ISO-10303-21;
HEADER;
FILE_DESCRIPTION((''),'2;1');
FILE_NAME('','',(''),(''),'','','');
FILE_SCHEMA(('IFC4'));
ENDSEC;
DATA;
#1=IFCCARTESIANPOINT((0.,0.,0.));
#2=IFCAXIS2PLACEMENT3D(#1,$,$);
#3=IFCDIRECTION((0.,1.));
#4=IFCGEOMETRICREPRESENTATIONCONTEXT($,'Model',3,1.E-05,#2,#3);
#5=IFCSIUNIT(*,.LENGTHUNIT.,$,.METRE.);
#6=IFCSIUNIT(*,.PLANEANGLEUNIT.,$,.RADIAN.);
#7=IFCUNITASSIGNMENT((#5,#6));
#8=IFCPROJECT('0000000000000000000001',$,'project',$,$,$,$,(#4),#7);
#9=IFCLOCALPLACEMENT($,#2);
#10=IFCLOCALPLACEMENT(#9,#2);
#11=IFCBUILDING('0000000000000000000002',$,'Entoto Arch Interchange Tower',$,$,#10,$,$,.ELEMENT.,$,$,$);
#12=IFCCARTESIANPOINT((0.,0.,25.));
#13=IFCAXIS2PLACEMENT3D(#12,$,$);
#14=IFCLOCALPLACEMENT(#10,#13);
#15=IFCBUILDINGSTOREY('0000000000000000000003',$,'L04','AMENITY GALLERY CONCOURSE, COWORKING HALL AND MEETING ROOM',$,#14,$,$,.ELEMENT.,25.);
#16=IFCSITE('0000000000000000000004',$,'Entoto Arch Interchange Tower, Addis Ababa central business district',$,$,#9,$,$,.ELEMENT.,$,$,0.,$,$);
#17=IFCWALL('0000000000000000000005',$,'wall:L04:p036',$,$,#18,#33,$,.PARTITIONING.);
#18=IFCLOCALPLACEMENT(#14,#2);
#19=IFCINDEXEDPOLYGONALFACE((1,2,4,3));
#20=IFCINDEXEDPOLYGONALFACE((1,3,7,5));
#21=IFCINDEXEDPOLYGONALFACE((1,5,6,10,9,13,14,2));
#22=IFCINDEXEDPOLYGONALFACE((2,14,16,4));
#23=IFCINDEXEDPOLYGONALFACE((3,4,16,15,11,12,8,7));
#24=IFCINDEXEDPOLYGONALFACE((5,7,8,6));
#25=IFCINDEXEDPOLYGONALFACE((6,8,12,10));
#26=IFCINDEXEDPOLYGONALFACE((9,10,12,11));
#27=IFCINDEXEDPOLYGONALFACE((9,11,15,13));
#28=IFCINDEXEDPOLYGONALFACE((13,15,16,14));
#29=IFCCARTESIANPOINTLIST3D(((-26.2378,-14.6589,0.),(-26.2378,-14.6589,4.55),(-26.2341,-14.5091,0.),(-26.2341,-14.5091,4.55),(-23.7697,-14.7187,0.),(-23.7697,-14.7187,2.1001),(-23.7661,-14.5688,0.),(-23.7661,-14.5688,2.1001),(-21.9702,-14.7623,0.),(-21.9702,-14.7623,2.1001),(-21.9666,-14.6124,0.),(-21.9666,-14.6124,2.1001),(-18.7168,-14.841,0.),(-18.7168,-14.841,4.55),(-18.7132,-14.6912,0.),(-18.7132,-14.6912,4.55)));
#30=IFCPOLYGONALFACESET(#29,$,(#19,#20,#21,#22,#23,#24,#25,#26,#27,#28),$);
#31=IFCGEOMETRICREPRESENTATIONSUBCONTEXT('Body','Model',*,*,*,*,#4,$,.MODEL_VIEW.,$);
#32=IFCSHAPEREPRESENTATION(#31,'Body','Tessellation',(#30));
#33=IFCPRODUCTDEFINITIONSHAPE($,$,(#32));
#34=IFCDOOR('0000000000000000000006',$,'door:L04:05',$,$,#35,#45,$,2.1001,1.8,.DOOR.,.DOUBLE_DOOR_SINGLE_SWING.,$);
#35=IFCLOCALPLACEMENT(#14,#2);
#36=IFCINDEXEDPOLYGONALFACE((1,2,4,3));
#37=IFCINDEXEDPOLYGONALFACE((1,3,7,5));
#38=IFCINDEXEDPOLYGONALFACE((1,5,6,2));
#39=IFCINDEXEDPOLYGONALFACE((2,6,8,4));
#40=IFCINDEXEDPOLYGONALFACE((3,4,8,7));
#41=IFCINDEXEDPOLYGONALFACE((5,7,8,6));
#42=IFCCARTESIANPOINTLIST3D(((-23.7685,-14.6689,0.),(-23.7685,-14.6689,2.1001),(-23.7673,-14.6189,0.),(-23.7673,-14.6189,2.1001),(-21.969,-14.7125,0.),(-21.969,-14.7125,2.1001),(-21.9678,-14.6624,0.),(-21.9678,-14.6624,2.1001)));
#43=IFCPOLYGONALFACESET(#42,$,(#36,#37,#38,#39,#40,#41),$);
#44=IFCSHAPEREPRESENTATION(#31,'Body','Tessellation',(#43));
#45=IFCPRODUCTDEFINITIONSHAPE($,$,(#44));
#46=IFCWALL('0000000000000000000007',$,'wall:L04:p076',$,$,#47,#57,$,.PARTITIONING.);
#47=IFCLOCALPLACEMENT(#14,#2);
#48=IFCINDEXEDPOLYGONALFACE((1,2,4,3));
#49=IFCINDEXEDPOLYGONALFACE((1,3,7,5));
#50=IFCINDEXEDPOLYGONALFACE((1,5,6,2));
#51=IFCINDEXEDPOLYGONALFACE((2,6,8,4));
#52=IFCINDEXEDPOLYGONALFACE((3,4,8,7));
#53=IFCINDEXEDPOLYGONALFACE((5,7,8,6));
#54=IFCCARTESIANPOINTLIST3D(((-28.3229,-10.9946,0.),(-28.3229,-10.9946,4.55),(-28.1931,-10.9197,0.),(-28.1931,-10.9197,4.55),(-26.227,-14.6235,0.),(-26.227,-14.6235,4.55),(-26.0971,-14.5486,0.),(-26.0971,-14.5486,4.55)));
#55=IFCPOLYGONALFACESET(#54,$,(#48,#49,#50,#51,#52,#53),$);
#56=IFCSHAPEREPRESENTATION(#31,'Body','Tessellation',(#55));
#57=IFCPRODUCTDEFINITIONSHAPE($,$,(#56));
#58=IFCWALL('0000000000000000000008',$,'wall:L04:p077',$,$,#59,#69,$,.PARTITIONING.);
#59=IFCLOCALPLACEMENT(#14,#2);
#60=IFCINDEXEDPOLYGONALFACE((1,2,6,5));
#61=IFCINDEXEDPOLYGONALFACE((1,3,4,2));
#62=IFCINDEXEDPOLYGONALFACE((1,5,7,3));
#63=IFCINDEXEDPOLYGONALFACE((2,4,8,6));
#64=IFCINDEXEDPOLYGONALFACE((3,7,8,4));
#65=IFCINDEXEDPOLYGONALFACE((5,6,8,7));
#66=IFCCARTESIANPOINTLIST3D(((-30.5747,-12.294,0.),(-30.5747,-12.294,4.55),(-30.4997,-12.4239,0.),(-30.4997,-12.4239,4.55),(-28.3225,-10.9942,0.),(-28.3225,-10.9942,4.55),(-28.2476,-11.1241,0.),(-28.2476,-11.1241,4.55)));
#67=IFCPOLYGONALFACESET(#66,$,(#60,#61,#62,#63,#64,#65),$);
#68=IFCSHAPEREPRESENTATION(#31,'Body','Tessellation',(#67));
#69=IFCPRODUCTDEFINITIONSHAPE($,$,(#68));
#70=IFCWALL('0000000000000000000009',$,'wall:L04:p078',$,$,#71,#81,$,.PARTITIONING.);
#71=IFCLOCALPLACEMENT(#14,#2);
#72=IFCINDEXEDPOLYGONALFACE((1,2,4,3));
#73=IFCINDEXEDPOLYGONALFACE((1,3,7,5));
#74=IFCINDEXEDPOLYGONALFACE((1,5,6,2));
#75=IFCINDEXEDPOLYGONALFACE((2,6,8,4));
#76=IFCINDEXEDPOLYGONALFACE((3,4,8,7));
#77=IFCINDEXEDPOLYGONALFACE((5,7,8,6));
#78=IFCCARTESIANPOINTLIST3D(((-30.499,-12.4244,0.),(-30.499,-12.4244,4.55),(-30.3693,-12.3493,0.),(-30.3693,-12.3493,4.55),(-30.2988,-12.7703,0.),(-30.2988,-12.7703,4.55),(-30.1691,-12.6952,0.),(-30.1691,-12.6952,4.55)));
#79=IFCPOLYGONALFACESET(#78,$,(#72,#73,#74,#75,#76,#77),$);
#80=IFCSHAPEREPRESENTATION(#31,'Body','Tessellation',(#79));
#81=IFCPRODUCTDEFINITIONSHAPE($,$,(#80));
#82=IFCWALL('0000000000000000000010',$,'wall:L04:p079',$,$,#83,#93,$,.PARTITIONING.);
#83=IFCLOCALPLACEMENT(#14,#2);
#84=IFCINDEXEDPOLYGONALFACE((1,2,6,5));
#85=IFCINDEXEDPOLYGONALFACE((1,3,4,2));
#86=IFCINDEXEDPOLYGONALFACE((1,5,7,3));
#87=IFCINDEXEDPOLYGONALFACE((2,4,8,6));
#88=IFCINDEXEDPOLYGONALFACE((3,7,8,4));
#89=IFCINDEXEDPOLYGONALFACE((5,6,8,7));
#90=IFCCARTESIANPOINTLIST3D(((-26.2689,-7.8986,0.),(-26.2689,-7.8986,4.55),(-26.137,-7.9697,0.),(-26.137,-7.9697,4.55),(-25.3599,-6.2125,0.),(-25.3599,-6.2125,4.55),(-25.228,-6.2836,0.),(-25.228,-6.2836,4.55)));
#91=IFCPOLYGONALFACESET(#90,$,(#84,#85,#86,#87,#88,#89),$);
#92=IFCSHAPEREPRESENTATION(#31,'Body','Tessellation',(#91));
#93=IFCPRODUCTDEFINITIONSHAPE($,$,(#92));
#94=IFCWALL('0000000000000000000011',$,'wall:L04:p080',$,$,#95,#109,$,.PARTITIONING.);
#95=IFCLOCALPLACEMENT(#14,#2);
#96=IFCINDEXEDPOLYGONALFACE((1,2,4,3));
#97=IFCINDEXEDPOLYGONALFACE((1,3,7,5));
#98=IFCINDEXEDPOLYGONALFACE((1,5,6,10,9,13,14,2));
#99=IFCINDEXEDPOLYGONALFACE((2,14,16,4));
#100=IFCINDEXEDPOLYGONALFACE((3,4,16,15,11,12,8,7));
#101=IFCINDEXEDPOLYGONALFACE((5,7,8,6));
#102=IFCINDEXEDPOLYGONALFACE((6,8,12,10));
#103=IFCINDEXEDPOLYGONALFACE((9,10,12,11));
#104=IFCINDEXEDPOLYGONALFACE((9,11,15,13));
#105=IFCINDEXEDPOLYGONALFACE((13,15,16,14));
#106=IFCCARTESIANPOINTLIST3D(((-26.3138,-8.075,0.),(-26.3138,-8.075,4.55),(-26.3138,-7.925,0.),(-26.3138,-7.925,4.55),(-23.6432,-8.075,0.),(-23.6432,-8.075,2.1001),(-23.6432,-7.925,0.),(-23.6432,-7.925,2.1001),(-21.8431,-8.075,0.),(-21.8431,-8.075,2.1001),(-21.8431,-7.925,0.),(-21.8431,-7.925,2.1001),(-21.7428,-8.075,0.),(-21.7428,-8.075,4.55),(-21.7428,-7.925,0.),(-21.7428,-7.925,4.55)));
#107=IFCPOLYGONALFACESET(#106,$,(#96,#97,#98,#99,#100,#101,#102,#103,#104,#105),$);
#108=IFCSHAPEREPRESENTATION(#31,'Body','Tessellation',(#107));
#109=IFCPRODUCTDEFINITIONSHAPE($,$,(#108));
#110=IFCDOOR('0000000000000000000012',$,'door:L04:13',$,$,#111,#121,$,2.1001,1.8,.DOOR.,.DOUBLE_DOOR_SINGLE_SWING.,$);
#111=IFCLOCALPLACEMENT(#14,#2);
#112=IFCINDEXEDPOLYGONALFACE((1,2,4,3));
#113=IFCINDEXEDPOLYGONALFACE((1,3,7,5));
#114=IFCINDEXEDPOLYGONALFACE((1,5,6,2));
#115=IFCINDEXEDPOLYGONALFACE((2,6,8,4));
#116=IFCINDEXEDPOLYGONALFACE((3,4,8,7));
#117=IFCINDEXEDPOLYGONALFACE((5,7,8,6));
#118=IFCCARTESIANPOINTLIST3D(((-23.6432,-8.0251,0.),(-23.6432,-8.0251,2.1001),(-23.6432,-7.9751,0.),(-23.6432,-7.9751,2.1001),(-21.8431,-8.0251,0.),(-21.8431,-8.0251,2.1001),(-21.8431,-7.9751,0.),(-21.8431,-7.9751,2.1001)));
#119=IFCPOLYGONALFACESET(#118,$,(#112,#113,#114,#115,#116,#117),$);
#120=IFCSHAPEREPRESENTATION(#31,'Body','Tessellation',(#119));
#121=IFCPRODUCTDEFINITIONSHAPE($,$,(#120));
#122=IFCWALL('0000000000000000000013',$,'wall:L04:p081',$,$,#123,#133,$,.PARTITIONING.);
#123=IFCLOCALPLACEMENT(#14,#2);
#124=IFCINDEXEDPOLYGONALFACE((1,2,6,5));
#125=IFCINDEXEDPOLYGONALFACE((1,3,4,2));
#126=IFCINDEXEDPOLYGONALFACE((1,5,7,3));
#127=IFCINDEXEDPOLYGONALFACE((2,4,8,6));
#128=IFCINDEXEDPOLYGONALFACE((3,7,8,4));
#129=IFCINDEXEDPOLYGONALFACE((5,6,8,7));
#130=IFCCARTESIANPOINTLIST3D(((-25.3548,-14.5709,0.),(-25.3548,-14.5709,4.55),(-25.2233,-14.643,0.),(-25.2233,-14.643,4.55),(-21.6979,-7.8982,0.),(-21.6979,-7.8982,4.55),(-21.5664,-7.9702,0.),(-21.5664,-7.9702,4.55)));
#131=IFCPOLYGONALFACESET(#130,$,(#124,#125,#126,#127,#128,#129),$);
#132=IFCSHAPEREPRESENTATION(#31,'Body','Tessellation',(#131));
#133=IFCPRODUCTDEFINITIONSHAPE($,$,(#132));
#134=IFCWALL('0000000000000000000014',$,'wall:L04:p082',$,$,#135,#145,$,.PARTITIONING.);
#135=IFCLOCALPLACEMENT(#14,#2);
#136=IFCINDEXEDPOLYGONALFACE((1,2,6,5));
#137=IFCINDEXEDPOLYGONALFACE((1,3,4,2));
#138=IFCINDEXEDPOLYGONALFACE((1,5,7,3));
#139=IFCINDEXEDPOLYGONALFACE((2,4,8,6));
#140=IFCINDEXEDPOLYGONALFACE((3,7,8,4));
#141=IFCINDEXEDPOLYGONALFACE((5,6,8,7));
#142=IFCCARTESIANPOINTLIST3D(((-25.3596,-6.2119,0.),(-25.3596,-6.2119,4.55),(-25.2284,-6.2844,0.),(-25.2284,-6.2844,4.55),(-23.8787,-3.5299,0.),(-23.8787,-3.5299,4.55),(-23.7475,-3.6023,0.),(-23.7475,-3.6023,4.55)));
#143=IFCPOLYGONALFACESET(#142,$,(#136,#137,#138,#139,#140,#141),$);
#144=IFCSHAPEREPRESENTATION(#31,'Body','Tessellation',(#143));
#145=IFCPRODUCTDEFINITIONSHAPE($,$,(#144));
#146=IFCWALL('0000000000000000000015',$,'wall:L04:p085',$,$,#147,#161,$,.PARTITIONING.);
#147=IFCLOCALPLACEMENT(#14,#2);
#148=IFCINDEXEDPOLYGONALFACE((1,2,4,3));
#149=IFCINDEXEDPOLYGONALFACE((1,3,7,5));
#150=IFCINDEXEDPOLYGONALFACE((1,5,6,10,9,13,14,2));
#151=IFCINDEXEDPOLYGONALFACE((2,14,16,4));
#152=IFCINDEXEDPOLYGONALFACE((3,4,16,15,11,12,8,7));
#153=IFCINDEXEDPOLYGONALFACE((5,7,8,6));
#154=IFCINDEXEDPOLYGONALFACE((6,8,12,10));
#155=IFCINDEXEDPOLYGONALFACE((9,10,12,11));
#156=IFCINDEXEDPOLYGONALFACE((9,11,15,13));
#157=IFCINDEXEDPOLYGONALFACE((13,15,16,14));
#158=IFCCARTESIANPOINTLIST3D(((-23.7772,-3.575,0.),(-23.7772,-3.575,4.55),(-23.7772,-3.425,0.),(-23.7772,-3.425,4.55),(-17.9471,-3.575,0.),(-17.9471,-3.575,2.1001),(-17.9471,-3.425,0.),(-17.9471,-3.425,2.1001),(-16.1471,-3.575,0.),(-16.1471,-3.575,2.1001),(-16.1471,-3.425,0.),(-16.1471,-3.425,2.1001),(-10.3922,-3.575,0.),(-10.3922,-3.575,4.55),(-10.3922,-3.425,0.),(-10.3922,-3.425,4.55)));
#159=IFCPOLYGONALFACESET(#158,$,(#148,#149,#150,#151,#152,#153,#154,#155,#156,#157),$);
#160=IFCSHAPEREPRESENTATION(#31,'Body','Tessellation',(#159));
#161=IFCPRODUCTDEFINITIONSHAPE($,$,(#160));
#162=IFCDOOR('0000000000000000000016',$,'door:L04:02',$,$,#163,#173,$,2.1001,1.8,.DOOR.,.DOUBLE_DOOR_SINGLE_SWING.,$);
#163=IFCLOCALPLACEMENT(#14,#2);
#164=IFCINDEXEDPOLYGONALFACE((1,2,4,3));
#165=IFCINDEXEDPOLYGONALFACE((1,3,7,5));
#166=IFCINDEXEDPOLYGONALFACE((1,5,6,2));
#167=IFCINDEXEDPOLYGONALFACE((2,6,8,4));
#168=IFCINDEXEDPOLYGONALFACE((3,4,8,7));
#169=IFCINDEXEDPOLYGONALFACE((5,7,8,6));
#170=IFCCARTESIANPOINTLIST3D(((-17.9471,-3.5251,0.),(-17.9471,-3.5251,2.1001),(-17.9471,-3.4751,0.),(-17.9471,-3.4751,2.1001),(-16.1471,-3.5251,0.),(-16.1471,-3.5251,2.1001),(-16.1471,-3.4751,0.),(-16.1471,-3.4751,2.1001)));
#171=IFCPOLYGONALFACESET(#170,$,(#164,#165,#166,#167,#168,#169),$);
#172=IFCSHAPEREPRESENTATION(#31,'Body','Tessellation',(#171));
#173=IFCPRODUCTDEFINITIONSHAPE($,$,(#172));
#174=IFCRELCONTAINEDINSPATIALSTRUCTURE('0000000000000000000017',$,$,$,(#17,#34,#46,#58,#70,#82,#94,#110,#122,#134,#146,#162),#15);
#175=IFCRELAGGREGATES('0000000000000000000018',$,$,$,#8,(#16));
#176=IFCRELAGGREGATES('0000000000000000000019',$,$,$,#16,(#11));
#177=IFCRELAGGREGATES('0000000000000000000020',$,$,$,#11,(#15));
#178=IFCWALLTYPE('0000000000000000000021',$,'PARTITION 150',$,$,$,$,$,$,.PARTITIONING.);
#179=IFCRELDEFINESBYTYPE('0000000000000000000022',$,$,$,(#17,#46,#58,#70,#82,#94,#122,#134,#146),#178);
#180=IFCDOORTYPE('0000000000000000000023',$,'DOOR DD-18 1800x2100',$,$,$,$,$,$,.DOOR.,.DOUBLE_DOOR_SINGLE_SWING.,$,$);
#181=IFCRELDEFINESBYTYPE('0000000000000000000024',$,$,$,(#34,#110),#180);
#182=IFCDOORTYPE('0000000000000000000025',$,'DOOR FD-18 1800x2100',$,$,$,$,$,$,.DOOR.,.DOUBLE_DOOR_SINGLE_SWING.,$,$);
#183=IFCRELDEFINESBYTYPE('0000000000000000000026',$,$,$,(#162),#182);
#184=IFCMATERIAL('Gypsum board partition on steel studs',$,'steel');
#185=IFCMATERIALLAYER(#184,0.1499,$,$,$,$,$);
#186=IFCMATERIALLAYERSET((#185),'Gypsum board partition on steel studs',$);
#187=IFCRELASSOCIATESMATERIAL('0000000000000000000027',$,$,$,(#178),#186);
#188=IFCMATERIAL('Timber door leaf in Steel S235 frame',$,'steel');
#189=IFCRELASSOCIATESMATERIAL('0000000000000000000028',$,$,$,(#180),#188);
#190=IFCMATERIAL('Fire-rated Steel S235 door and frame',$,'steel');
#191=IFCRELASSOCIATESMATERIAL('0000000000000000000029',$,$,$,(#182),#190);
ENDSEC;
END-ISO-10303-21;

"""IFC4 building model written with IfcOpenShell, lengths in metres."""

from ifc_helpers import new_model, si_unit, direction, frame, frame_2d, origin, place, context, subcontext, project, spatial, rectangle, extrude, material, layer, layer_set, type_object, element, fill, save


model = new_model("IFC4")

# Units and contexts
model_context = context("Model", 3, precision=1e-05, world=origin(), true_north=direction((0.0, 1.0)))
body_context = subcontext(model_context, "Body", "Model", "MODEL_VIEW")
ifc_project = project(units=[si_unit("LENGTHUNIT", "METRE"), si_unit("PLANEANGLEUNIT", "RADIAN")], contexts=[model_context])

# Site, building, storey
site_placement = place(None, origin())
site = spatial("IfcSite", under=ifc_project, at=site_placement, Name="Entoto Arch Interchange Tower, Addis Ababa central business district", CompositionType="ELEMENT", RefElevation=0.0)
building_placement = place(site_placement, origin())
building = spatial("IfcBuilding", under=site, at=building_placement, Name="Entoto Arch Interchange Tower", CompositionType="ELEMENT")
storey_placement = place(building_placement, frame((0.0, 0.0, 25.0)))
storey = spatial("IfcBuildingStorey", under=building, at=storey_placement, Name="L04", Description="AMENITY GALLERY CONCOURSE, COWORKING HALL AND MEETING ROOM", CompositionType="ELEMENT", Elevation=25.0)

# Wall, opening, door
ifc_material_1 = material(Name="Gypsum board partition on steel studs", Category="steel")
ifc_layer_1 = layer(ifc_material_1, 0.1499)
ifc_layer_set_1 = layer_set([ifc_layer_1], Name="Gypsum board partition on steel studs")
wall_type_1 = type_object("IfcWallType", Name="PARTITION 150", PredefinedType="PARTITIONING", material=ifc_layer_set_1)
wall_1_placement = place(storey_placement, frame((-26.2361, -14.584, 0.0), z_axis=(0.0, 0.0, 1.0), x_axis=(0.999707, -0.024209, 0.0)))
wall_1 = element("IfcWall", 1, at=wall_1_placement, inside=storey, type_object=wall_type_1, Name="wall:L04:p036", PredefinedType="PARTITIONING", context=body_context, shape_type="SweptSolid", body=[
    extrude(rectangle(XDim=7.5232, YDim=0.1499, at=frame_2d((3.7617, 0.0))), origin(), (0.0, 0.0, 1.0), 4.55),
])
opening_1_placement = place(wall_1_placement, frame((2.469, 0.0, 0.0)))
opening_1 = element("IfcOpeningElement", 2, at=opening_1_placement, cuts=wall_1, PredefinedType="OPENING", context=body_context, shape_type="SweptSolid", body=[
    extrude(rectangle(XDim=1.8, YDim=2.1001, at=frame_2d((0.8999, 1.05))), frame((0.0, 0.085, 0.0), z_axis=(0.0, -1.0, 0.0), x_axis=(1.0, 0.0, 0.0)), (0.0, 0.0, 1.0), 0.1699),
])
ifc_material_2 = material(Name="Timber door leaf in Steel S235 frame", Category="steel")
door_type_1 = type_object("IfcDoorType", Name="DOOR DD-18 1800x2100", OperationType="DOUBLE_DOOR_SINGLE_SWING", PredefinedType="DOOR", material=ifc_material_2)
door_1_placement = place(opening_1_placement, origin())
door_1 = element("IfcDoor", 3, at=door_1_placement, inside=storey, type_object=door_type_1, Name="door:L04:05", OperationType="DOUBLE_DOOR_SINGLE_SWING", OverallHeight=2.1001, OverallWidth=1.8, PredefinedType="DOOR", context=body_context, shape_type="SweptSolid", body=[
    extrude(rectangle(XDim=1.8, YDim=2.1001, at=frame_2d((0.8999, 1.05))), frame((0.0, 0.0249, 0.0), z_axis=(0.0, -1.0, 0.0), x_axis=(1.0, 0.0, 0.0)), (0.0, 0.0, 1.0), 0.05),
])
fill(opening_1, door_1)

# Walls
wall_2_placement = place(storey_placement, frame((-26.1621, -14.5859, 0.0), z_axis=(0.0, 0.0, 1.0), x_axis=(-0.500143, 0.865943, 0.0)))
element("IfcWall", 4, at=wall_2_placement, inside=storey, type_object=wall_type_1, Name="wall:L04:p076", PredefinedType="PARTITIONING", context=body_context, shape_type="SweptSolid", body=[
    extrude(rectangle(XDim=4.1907, YDim=0.1499, at=frame_2d((2.0952, 0.0))), origin(), (0.0, 0.0, 1.0), 4.55),
])
wall_3_placement = place(storey_placement, frame((-28.2849, -11.0591, 0.0), z_axis=(0.0, 0.0, 1.0), x_axis=(-0.866109, -0.499855, 0.0)))
element("IfcWall", 5, at=wall_3_placement, inside=storey, type_object=wall_type_1, Name="wall:L04:p077", PredefinedType="PARTITIONING", context=body_context, shape_type="SweptSolid", body=[
    extrude(rectangle(XDim=2.6003, YDim=0.1499, at=frame_2d((1.3003, 0.0))), origin(), (0.0, 0.0, 1.0), 4.55),
])
wall_4_placement = place(storey_placement, frame((-30.4341, -12.387, 0.0), z_axis=(0.0, 0.0, 1.0), x_axis=(0.500868, -0.865524, 0.0)))
element("IfcWall", 6, at=wall_4_placement, inside=storey, type_object=wall_type_1, Name="wall:L04:p078", PredefinedType="PARTITIONING", context=body_context, shape_type="SweptSolid", body=[
    extrude(rectangle(XDim=0.3997, YDim=0.1499, at=frame_2d((0.1997, 0.0))), origin(), (0.0, 0.0, 1.0), 4.55),
])
wall_5_placement = place(storey_placement, frame((-25.2939, -6.248, 0.0), z_axis=(0.0, 0.0, 1.0), x_axis=(-0.474533, -0.880238, 0.0)))
element("IfcWall", 7, at=wall_5_placement, inside=storey, type_object=wall_type_1, Name="wall:L04:p079", PredefinedType="PARTITIONING", context=body_context, shape_type="SweptSolid", body=[
    extrude(rectangle(XDim=1.9155, YDim=0.1499, at=frame_2d((0.9578, 0.0))), origin(), (0.0, 0.0, 1.0), 4.55),
])

# Wall, opening, door
wall_6_placement = place(storey_placement, frame((-26.314, -8.0, 0.0), z_axis=(0.0, 0.0, 1.0), x_axis=(1.0, 0.0, 0.0)))
wall_6 = element("IfcWall", 8, at=wall_6_placement, inside=storey, type_object=wall_type_1, Name="wall:L04:p080", PredefinedType="PARTITIONING", context=body_context, shape_type="SweptSolid", body=[
    extrude(rectangle(XDim=4.571, YDim=0.1499, at=frame_2d((2.2856, 0.0))), origin(), (0.0, 0.0, 1.0), 4.55),
])
opening_2_placement = place(wall_6_placement, frame((2.6709, 0.0, 0.0)))
opening_2 = element("IfcOpeningElement", 9, at=opening_2_placement, cuts=wall_6, PredefinedType="OPENING", context=body_context, shape_type="SweptSolid", body=[
    extrude(rectangle(XDim=1.8, YDim=2.1001, at=frame_2d((0.8999, 1.05))), frame((0.0, 0.085, 0.0), z_axis=(0.0, -1.0, 0.0), x_axis=(1.0, 0.0, 0.0)), (0.0, 0.0, 1.0), 0.1699),
])
door_2_placement = place(opening_2_placement, origin())
door_2 = element("IfcDoor", 10, at=door_2_placement, inside=storey, type_object=door_type_1, Name="door:L04:13", OperationType="DOUBLE_DOOR_SINGLE_SWING", OverallHeight=2.1001, OverallWidth=1.8, PredefinedType="DOOR", context=body_context, shape_type="SweptSolid", body=[
    extrude(rectangle(XDim=1.8, YDim=2.1001, at=frame_2d((0.8999, 1.05))), frame((0.0, 0.0249, 0.0), z_axis=(0.0, -1.0, 0.0), x_axis=(1.0, 0.0, 0.0)), (0.0, 0.0, 1.0), 0.05),
])
fill(opening_2, door_2)

# Walls
wall_7_placement = place(storey_placement, frame((-21.6321, -7.9341, 0.0), z_axis=(0.0, 0.0, 1.0), x_axis=(-0.480598, -0.876941, 0.0)))
element("IfcWall", 11, at=wall_7_placement, inside=storey, type_object=wall_type_1, Name="wall:L04:p081", PredefinedType="PARTITIONING", context=body_context, shape_type="SweptSolid", body=[
    extrude(rectangle(XDim=7.6091, YDim=0.1499, at=frame_2d((3.8047, 0.0))), origin(), (0.0, 0.0, 1.0), 4.55),
])
wall_8_placement = place(storey_placement, frame((-25.2939, -6.248, 0.0), z_axis=(0.0, 0.0, 1.0), x_axis=(0.483368, 0.875417, 0.0)))
element("IfcWall", 12, at=wall_8_placement, inside=storey, type_object=wall_type_1, Name="wall:L04:p082", PredefinedType="PARTITIONING", context=body_context, shape_type="SweptSolid", body=[
    extrude(rectangle(XDim=3.0637, YDim=0.1499, at=frame_2d((1.5317, 0.0))), origin(), (0.0, 0.0, 1.0), 4.55),
])

# Wall, opening, door
wall_9_placement = place(storey_placement, frame((-23.7771, -3.5, 0.0), z_axis=(0.0, 0.0, 1.0), x_axis=(1.0, 0.0, 0.0)))
wall_9 = element("IfcWall", 13, at=wall_9_placement, inside=storey, type_object=wall_type_1, Name="wall:L04:p085", PredefinedType="PARTITIONING", context=body_context, shape_type="SweptSolid", body=[
    extrude(rectangle(XDim=13.385, YDim=0.1499, at=frame_2d((6.6924, 0.0))), origin(), (0.0, 0.0, 1.0), 4.55),
])
opening_3_placement = place(wall_9_placement, frame((5.8301, 0.0, 0.0)))
opening_3 = element("IfcOpeningElement", 14, at=opening_3_placement, cuts=wall_9, PredefinedType="OPENING", context=body_context, shape_type="SweptSolid", body=[
    extrude(rectangle(XDim=1.8, YDim=2.1001, at=frame_2d((0.8999, 1.05))), frame((0.0, 0.085, 0.0), z_axis=(0.0, -1.0, 0.0), x_axis=(1.0, 0.0, 0.0)), (0.0, 0.0, 1.0), 0.1699),
])
ifc_material_3 = material(Name="Fire-rated Steel S235 door and frame", Category="steel")
door_type_2 = type_object("IfcDoorType", Name="DOOR FD-18 1800x2100", OperationType="DOUBLE_DOOR_SINGLE_SWING", PredefinedType="DOOR", material=ifc_material_3)
door_3_placement = place(opening_3_placement, origin())
door_3 = element("IfcDoor", 15, at=door_3_placement, inside=storey, type_object=door_type_2, Name="door:L04:02", OperationType="DOUBLE_DOOR_SINGLE_SWING", OverallHeight=2.1001, OverallWidth=1.8, PredefinedType="DOOR", context=body_context, shape_type="SweptSolid", body=[
    extrude(rectangle(XDim=1.8, YDim=2.1001, at=frame_2d((0.8999, 1.05))), frame((0.0, 0.0249, 0.0), z_axis=(0.0, -1.0, 0.0), x_axis=(1.0, 0.0, 0.0)), (0.0, 0.0, 1.0), 0.05),
])
fill(opening_3, door_3)

save(model, "model.ifc")
